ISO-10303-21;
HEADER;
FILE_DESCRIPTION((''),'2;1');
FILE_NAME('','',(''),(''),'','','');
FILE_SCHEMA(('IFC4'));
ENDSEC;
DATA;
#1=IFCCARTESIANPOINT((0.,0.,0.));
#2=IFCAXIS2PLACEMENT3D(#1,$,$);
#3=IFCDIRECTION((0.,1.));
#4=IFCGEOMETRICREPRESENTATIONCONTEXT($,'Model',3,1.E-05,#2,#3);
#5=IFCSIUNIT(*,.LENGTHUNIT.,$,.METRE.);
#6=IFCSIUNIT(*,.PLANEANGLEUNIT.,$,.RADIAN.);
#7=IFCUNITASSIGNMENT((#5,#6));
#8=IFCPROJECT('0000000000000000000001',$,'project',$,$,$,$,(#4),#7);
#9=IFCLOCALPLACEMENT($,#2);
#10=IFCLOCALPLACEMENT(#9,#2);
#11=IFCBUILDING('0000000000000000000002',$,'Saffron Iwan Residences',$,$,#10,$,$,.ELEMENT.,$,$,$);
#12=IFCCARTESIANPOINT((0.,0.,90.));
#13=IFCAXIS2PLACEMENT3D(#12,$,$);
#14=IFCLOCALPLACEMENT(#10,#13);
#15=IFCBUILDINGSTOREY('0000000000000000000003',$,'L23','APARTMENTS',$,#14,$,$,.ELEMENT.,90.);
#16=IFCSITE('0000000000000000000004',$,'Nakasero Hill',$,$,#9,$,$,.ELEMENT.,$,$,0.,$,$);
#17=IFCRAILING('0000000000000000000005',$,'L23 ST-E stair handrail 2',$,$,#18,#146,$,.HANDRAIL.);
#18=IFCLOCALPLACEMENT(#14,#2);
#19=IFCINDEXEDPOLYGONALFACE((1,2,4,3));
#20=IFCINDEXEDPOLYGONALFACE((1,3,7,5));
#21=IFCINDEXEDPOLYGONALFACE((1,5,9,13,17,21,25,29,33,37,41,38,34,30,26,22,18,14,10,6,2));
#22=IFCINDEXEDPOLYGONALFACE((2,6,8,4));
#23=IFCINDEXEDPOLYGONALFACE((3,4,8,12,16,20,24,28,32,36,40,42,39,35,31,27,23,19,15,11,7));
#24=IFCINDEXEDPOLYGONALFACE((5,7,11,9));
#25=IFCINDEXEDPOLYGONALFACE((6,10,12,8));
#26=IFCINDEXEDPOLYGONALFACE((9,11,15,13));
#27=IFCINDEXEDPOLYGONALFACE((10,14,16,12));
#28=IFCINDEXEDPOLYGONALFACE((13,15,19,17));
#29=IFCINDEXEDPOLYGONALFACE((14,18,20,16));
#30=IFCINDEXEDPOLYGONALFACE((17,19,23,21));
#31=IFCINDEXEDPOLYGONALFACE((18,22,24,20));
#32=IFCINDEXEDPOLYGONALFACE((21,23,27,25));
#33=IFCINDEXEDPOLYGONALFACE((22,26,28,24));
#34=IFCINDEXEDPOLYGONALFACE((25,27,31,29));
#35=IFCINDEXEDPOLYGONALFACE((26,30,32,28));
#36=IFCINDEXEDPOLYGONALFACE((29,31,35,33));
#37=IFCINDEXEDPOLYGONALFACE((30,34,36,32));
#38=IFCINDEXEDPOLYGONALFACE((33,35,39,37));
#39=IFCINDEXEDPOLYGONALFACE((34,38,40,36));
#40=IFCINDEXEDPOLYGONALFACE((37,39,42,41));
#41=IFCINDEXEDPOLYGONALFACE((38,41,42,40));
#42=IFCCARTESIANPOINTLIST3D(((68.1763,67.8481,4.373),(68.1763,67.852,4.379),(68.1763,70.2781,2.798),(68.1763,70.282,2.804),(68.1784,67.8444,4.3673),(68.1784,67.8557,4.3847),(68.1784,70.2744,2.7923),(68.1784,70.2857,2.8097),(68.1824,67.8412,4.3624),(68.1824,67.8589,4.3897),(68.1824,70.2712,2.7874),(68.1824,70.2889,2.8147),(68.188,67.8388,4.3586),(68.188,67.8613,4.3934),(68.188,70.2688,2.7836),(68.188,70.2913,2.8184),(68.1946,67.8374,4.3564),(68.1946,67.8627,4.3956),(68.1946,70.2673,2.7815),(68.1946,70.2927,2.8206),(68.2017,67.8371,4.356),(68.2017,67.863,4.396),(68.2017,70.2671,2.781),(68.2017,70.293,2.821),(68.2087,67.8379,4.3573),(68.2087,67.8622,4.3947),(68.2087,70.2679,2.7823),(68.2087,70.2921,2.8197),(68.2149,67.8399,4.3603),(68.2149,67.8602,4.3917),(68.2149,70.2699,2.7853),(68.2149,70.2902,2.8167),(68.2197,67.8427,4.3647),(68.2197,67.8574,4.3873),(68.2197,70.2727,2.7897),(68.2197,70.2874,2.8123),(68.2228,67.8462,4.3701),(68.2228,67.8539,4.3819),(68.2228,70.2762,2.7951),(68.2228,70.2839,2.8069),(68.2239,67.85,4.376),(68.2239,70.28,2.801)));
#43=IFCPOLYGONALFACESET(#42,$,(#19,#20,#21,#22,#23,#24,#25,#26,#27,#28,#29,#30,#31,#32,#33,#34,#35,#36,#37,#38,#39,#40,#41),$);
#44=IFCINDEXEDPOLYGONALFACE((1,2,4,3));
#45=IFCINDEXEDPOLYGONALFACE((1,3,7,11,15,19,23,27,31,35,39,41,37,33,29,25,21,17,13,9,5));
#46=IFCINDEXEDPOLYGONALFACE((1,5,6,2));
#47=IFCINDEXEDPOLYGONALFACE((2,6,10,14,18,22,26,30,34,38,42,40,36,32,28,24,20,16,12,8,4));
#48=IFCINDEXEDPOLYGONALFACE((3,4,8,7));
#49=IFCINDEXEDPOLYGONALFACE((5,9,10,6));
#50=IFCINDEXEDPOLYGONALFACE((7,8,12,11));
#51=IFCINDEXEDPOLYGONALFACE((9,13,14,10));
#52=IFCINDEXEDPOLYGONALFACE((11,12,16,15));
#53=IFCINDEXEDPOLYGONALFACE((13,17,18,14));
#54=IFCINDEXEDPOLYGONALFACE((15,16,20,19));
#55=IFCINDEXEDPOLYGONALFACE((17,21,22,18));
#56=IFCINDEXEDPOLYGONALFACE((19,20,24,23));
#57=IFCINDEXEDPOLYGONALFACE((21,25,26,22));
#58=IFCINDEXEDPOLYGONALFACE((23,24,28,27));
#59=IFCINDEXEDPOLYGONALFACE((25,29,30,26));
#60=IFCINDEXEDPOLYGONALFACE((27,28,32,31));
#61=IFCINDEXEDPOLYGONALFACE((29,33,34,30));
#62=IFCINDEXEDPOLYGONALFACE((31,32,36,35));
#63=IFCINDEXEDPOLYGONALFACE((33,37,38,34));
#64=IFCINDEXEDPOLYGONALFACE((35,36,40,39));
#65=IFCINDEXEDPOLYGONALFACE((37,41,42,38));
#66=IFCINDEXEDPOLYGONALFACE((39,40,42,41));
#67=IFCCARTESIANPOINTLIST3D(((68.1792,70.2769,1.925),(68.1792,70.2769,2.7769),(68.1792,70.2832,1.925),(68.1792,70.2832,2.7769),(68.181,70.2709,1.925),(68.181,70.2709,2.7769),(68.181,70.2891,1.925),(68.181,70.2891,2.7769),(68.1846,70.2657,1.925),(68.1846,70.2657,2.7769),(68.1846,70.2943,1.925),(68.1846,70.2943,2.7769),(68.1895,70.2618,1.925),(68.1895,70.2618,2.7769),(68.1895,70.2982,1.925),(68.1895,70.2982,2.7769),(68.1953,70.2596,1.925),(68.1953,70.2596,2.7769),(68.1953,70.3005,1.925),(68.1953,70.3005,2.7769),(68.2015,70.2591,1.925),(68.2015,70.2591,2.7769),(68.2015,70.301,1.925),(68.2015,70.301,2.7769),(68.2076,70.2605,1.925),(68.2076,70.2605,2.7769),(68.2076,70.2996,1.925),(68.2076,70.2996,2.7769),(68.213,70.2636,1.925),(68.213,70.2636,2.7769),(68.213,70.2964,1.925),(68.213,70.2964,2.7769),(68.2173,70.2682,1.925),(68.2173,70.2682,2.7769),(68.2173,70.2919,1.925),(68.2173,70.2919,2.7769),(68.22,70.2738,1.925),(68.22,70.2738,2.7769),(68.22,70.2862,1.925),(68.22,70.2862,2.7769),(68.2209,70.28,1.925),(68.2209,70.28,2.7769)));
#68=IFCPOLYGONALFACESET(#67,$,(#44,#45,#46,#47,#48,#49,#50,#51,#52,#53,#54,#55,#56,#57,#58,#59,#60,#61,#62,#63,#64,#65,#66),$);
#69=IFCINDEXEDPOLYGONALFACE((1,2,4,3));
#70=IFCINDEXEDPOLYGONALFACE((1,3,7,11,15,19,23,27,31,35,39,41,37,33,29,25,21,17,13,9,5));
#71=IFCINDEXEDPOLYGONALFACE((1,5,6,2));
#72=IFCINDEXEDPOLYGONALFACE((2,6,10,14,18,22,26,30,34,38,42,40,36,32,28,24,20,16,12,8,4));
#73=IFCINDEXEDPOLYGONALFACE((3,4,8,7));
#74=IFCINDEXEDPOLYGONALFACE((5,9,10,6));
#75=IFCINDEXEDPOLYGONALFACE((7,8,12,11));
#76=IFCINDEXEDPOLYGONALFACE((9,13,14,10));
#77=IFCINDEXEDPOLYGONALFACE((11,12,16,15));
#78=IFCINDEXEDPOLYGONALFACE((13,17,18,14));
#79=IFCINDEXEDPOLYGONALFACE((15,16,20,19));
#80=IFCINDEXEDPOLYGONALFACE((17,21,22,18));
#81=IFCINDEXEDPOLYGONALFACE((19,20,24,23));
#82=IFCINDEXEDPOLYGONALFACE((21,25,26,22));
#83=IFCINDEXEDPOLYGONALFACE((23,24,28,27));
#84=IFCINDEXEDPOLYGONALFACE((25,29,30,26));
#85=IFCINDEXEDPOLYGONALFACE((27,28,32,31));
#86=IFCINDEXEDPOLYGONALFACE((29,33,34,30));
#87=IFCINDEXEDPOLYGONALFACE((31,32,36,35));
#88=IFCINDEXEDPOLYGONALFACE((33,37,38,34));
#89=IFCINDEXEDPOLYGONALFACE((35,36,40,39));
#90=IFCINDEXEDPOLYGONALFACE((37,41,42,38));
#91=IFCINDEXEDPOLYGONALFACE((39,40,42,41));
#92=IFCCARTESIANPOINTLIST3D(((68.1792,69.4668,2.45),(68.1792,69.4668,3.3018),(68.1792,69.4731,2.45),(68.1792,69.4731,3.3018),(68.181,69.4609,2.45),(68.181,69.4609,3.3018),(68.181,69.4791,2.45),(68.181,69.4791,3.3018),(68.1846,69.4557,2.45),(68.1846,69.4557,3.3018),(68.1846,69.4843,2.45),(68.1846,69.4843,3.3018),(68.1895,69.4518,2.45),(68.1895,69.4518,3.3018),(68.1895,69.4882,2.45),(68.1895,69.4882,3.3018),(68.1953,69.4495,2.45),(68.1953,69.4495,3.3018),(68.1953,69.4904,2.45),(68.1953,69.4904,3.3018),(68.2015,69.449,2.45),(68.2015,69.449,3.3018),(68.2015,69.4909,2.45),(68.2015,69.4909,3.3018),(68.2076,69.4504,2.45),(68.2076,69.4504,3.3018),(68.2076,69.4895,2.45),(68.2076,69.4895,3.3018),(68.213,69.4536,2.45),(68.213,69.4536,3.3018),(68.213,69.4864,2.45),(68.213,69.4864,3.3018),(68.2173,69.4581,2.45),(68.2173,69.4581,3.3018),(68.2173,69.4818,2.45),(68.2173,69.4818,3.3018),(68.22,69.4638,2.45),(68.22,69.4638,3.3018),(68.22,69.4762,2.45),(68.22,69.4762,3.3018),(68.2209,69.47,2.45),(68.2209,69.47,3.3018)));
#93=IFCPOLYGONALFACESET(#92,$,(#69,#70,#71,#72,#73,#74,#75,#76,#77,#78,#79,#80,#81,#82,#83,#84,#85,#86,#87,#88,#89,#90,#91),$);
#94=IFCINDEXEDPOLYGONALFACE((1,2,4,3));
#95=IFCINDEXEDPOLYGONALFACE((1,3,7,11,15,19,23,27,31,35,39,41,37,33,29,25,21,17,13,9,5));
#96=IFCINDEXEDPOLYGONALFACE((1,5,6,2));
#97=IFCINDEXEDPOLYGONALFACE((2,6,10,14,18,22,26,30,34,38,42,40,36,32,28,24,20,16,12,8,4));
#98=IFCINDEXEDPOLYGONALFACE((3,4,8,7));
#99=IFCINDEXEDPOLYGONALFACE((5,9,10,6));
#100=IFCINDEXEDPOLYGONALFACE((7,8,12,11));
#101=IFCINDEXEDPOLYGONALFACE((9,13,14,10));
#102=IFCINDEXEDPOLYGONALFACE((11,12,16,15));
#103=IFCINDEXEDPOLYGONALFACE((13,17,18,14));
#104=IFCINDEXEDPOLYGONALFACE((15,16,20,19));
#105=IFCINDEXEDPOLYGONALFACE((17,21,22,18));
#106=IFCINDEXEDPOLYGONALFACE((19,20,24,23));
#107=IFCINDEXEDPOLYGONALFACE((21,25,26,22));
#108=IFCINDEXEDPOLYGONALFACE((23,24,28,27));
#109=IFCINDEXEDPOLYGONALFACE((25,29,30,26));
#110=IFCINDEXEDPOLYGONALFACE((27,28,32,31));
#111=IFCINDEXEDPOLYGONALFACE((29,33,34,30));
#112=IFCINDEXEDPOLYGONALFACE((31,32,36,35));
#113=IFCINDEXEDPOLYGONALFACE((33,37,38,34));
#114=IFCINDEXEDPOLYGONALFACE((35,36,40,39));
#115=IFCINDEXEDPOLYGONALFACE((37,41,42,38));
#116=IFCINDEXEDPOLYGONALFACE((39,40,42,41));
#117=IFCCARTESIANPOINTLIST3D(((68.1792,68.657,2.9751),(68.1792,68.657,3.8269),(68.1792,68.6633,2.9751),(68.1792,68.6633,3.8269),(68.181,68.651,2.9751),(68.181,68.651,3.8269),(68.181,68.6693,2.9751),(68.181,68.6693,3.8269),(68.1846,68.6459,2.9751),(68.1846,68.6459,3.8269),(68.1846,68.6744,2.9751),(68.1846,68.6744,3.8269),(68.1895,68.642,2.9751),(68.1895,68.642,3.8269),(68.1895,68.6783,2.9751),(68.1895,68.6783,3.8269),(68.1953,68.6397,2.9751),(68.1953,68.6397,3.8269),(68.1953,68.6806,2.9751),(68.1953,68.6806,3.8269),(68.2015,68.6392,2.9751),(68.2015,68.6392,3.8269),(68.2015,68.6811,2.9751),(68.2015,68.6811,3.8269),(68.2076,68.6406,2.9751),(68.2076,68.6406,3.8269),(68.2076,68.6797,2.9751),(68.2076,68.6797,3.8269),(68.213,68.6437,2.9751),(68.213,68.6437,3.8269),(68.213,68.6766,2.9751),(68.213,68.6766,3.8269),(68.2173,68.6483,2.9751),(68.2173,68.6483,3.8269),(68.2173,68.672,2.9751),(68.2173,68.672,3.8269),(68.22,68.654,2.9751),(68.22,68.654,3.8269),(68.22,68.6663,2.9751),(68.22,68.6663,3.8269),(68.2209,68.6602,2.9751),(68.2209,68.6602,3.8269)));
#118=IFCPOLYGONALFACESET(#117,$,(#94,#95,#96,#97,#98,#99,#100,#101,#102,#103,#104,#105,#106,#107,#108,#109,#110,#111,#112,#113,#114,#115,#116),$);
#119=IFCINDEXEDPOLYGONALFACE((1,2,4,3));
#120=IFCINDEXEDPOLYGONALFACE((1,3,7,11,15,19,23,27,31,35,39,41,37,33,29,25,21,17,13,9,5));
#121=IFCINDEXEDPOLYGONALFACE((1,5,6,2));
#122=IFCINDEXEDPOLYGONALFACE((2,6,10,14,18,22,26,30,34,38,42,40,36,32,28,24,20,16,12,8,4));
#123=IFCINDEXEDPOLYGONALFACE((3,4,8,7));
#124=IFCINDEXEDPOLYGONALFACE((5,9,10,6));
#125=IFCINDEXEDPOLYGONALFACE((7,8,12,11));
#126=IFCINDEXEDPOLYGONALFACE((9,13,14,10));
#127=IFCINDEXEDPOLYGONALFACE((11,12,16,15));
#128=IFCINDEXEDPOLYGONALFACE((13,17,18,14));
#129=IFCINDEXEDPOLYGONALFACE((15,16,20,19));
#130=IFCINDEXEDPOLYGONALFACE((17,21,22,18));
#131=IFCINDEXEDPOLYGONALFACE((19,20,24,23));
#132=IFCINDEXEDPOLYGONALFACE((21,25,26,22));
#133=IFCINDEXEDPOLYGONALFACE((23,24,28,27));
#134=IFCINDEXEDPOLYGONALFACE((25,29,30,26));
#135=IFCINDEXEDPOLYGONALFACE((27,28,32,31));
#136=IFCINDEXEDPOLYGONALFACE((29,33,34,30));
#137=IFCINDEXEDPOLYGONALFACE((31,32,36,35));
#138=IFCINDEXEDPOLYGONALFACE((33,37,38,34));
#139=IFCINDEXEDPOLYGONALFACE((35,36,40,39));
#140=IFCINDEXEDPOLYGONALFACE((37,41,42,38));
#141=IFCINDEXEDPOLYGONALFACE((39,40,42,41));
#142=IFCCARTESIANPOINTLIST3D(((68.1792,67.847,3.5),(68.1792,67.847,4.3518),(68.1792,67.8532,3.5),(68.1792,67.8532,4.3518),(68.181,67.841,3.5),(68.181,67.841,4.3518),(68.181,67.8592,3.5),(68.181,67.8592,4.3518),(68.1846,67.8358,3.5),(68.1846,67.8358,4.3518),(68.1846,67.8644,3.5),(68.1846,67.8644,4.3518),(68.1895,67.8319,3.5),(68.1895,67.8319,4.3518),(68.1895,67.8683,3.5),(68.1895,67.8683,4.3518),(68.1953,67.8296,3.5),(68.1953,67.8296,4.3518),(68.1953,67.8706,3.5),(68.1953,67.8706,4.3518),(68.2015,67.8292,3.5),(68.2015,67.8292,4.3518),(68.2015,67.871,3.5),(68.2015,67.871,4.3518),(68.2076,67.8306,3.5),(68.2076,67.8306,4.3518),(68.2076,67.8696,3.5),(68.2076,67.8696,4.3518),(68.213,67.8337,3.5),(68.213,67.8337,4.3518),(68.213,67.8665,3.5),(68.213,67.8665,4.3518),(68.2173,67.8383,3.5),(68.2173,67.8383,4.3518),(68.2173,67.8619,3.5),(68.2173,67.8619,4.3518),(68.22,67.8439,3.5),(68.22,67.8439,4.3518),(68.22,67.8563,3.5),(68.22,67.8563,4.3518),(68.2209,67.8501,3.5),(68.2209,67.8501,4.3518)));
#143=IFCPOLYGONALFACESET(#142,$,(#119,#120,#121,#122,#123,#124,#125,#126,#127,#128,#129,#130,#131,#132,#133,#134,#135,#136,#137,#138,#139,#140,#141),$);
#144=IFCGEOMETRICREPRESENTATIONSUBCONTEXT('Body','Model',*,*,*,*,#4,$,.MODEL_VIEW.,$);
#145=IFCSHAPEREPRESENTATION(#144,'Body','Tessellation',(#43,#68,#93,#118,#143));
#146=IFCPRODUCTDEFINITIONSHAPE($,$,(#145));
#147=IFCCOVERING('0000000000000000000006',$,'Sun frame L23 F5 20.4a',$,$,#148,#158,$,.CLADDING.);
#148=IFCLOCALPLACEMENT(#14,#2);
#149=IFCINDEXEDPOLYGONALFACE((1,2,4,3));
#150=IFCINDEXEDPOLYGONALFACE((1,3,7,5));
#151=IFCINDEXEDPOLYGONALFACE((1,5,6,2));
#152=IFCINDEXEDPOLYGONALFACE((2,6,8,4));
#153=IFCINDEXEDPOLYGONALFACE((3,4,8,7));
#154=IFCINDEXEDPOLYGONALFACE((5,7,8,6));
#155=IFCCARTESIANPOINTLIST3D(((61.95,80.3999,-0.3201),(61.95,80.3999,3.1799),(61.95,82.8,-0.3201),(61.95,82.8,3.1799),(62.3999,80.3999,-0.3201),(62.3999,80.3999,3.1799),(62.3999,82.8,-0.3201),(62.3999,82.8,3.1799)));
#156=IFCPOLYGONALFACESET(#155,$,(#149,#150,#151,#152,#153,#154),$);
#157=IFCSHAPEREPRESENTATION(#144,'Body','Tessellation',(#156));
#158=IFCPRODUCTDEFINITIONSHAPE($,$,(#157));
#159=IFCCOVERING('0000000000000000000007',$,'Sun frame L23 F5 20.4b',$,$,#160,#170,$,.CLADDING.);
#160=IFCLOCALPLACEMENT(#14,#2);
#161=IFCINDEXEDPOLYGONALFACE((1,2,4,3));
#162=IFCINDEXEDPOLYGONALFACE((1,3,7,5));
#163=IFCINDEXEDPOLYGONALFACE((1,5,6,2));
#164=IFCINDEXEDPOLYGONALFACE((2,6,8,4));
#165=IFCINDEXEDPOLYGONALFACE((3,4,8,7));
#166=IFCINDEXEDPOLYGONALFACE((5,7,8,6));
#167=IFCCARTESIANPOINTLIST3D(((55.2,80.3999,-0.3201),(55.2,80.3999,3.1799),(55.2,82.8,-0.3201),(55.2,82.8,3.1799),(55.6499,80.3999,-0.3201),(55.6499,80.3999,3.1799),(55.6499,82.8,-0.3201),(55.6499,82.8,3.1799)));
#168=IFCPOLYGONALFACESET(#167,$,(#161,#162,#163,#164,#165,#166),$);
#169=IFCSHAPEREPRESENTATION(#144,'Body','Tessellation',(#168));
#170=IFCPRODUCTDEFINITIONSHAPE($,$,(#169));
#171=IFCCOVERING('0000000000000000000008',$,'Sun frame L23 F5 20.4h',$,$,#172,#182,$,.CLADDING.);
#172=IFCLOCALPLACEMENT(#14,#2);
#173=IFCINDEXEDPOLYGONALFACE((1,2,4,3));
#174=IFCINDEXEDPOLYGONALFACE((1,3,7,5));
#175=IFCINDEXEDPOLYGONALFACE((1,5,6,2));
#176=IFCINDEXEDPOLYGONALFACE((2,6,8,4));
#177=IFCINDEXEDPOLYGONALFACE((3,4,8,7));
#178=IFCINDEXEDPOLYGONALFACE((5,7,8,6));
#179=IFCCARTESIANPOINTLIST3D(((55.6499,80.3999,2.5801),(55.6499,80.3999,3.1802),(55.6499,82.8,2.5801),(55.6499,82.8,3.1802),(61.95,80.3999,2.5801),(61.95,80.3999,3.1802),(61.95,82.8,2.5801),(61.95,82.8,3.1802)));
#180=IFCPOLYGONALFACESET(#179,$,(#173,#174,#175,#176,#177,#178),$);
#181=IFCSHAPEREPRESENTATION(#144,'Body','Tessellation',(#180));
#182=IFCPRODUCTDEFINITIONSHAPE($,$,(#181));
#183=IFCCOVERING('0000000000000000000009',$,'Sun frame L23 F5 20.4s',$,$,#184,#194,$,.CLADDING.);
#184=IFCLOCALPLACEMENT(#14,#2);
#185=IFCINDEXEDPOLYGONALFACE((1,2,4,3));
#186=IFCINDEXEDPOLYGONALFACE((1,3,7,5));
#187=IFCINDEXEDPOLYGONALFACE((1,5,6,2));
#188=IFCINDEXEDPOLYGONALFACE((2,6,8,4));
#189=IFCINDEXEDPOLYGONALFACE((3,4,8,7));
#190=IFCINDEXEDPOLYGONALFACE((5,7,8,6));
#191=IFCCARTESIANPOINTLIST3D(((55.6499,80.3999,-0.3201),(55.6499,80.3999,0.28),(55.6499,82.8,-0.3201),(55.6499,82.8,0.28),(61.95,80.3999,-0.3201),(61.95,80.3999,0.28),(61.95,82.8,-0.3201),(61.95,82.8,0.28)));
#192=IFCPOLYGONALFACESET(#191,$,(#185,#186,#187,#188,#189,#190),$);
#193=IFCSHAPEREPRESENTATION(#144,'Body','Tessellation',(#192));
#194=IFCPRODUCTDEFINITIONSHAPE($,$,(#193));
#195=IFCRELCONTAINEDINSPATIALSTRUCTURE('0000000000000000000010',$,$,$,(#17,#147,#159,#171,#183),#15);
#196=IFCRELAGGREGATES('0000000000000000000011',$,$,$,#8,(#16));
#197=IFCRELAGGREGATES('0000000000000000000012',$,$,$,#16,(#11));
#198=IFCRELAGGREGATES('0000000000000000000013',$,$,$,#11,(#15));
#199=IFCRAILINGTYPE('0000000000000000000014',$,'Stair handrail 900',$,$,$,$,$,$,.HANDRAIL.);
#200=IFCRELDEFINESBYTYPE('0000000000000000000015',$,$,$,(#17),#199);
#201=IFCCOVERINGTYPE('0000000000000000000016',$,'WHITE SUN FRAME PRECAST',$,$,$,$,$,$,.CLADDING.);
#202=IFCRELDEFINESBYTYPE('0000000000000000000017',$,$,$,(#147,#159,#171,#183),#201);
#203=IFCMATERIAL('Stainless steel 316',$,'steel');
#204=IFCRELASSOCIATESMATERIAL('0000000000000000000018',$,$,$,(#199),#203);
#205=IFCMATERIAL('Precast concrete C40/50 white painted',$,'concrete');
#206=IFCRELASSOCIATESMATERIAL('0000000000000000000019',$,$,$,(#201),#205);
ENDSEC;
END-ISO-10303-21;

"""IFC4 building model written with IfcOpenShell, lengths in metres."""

from ifc_helpers import new_model, si_unit, direction, frame, origin, origin_2d, place, context, subcontext, project, spatial, polyline, circle, outline, extrude, material, type_object, element, save


model = new_model("IFC4")

# Units and contexts
model_context = context("Model", 3, precision=1e-05, world=origin(), true_north=direction((0.0, 1.0)))
body_context = subcontext(model_context, "Body", "Model", "MODEL_VIEW")
ifc_project = project(units=[si_unit("LENGTHUNIT", "METRE"), si_unit("PLANEANGLEUNIT", "RADIAN")], contexts=[model_context])

# Site, building, storey
site_placement = place(None, origin())
site = spatial("IfcSite", under=ifc_project, at=site_placement, Name="Nakasero Hill", CompositionType="ELEMENT", RefElevation=0.0)
building_placement = place(site_placement, origin())
building = spatial("IfcBuilding", under=site, at=building_placement, Name="Saffron Iwan Residences", CompositionType="ELEMENT")
storey_placement = place(building_placement, frame((0.0, 0.0, 90.0)))
storey = spatial("IfcBuildingStorey", under=building, at=storey_placement, Name="L23", Description="APARTMENTS", CompositionType="ELEMENT", Elevation=90.0)

# Railing
ifc_material_1 = material(Name="Stainless steel 316", Category="steel")
railing_type = type_object("IfcRailingType", Name="Stair handrail 900", PredefinedType="HANDRAIL", material=ifc_material_1)
railing_1_placement = place(storey_placement, frame((68.2, 70.28, 1.925)))
element("IfcRailing", 1, at=railing_1_placement, inside=storey, type_object=railing_type, Name="L23 ST-E stair handrail 2", PredefinedType="HANDRAIL", context=body_context, shape_type="SweptSolid", body=[
    extrude(circle(Radius=0.0239, at=origin_2d()), frame((0.0, 0.0, 0.876), z_axis=(0.0, -0.839154, 0.543894), x_axis=(1.0, 0.0, 0.0)), (0.0, 0.0, 1.0), 2.8958),
    extrude(circle(Radius=0.021, at=origin_2d()), origin(), (0.0, 0.0, 1.0), 0.8518),
    extrude(circle(Radius=0.021, at=origin_2d()), frame((0.0, -0.8101, 0.5249)), (0.0, 0.0, 1.0), 0.8518),
    extrude(circle(Radius=0.021, at=origin_2d()), frame((0.0, -1.6199, 1.05)), (0.0, 0.0, 1.0), 0.8518),
    extrude(circle(Radius=0.021, at=origin_2d()), frame((0.0, -2.4299, 1.575)), (0.0, 0.0, 1.0), 0.8518),
])

# Coverings
ifc_material_2 = material(Name="Precast concrete C40/50 white painted", Category="concrete")
covering_type_1 = type_object("IfcCoveringType", Name="WHITE SUN FRAME PRECAST", PredefinedType="CLADDING", material=ifc_material_2)
for number, where, z_axis, x_axis, name in (
    (2, (62.3999, 80.3999, -0.3201), (0.0, 1.0, 0.0), (-1.0, 0.0, 0.0), "Sun frame L23 F5 20.4a"),
    (3, (55.6499, 80.3999, -0.3201), (0.0, 1.0, 0.0), (-1.0, 0.0, 0.0), "Sun frame L23 F5 20.4b"),
):
    element("IfcCovering", number, at=place(storey_placement, frame(where, z_axis=z_axis, x_axis=x_axis)), inside=storey, type_object=covering_type_1, Name=name, PredefinedType="CLADDING", context=body_context, shape_type="SweptSolid", body=[
        extrude(outline(polyline([(0.0, 0.0), (0.45, 0.0), (0.45, 3.5), (0.0, 3.5), (0.0, 0.0)])), origin(), (0.0, 0.0, 1.0), 2.4001),
    ])
for number, where, z_axis, x_axis, name in (
    (4, (61.95, 80.3999, 2.5801), (0.0, 1.0, 0.0), (-1.0, 0.0, 0.0), "Sun frame L23 F5 20.4h"),
    (5, (61.95, 80.3999, -0.3201), (0.0, 1.0, 0.0), (-1.0, 0.0, 0.0), "Sun frame L23 F5 20.4s"),
):
    element("IfcCovering", number, at=place(storey_placement, frame(where, z_axis=z_axis, x_axis=x_axis)), inside=storey, type_object=covering_type_1, Name=name, PredefinedType="CLADDING", context=body_context, shape_type="SweptSolid", body=[
        extrude(outline(polyline([(0.0, 0.0), (6.3, 0.0), (6.3, 0.6001), (0.0, 0.6001), (0.0, 0.0)])), origin(), (0.0, 0.0, 1.0), 2.4001),
    ])

save(model, "model.ifc")
